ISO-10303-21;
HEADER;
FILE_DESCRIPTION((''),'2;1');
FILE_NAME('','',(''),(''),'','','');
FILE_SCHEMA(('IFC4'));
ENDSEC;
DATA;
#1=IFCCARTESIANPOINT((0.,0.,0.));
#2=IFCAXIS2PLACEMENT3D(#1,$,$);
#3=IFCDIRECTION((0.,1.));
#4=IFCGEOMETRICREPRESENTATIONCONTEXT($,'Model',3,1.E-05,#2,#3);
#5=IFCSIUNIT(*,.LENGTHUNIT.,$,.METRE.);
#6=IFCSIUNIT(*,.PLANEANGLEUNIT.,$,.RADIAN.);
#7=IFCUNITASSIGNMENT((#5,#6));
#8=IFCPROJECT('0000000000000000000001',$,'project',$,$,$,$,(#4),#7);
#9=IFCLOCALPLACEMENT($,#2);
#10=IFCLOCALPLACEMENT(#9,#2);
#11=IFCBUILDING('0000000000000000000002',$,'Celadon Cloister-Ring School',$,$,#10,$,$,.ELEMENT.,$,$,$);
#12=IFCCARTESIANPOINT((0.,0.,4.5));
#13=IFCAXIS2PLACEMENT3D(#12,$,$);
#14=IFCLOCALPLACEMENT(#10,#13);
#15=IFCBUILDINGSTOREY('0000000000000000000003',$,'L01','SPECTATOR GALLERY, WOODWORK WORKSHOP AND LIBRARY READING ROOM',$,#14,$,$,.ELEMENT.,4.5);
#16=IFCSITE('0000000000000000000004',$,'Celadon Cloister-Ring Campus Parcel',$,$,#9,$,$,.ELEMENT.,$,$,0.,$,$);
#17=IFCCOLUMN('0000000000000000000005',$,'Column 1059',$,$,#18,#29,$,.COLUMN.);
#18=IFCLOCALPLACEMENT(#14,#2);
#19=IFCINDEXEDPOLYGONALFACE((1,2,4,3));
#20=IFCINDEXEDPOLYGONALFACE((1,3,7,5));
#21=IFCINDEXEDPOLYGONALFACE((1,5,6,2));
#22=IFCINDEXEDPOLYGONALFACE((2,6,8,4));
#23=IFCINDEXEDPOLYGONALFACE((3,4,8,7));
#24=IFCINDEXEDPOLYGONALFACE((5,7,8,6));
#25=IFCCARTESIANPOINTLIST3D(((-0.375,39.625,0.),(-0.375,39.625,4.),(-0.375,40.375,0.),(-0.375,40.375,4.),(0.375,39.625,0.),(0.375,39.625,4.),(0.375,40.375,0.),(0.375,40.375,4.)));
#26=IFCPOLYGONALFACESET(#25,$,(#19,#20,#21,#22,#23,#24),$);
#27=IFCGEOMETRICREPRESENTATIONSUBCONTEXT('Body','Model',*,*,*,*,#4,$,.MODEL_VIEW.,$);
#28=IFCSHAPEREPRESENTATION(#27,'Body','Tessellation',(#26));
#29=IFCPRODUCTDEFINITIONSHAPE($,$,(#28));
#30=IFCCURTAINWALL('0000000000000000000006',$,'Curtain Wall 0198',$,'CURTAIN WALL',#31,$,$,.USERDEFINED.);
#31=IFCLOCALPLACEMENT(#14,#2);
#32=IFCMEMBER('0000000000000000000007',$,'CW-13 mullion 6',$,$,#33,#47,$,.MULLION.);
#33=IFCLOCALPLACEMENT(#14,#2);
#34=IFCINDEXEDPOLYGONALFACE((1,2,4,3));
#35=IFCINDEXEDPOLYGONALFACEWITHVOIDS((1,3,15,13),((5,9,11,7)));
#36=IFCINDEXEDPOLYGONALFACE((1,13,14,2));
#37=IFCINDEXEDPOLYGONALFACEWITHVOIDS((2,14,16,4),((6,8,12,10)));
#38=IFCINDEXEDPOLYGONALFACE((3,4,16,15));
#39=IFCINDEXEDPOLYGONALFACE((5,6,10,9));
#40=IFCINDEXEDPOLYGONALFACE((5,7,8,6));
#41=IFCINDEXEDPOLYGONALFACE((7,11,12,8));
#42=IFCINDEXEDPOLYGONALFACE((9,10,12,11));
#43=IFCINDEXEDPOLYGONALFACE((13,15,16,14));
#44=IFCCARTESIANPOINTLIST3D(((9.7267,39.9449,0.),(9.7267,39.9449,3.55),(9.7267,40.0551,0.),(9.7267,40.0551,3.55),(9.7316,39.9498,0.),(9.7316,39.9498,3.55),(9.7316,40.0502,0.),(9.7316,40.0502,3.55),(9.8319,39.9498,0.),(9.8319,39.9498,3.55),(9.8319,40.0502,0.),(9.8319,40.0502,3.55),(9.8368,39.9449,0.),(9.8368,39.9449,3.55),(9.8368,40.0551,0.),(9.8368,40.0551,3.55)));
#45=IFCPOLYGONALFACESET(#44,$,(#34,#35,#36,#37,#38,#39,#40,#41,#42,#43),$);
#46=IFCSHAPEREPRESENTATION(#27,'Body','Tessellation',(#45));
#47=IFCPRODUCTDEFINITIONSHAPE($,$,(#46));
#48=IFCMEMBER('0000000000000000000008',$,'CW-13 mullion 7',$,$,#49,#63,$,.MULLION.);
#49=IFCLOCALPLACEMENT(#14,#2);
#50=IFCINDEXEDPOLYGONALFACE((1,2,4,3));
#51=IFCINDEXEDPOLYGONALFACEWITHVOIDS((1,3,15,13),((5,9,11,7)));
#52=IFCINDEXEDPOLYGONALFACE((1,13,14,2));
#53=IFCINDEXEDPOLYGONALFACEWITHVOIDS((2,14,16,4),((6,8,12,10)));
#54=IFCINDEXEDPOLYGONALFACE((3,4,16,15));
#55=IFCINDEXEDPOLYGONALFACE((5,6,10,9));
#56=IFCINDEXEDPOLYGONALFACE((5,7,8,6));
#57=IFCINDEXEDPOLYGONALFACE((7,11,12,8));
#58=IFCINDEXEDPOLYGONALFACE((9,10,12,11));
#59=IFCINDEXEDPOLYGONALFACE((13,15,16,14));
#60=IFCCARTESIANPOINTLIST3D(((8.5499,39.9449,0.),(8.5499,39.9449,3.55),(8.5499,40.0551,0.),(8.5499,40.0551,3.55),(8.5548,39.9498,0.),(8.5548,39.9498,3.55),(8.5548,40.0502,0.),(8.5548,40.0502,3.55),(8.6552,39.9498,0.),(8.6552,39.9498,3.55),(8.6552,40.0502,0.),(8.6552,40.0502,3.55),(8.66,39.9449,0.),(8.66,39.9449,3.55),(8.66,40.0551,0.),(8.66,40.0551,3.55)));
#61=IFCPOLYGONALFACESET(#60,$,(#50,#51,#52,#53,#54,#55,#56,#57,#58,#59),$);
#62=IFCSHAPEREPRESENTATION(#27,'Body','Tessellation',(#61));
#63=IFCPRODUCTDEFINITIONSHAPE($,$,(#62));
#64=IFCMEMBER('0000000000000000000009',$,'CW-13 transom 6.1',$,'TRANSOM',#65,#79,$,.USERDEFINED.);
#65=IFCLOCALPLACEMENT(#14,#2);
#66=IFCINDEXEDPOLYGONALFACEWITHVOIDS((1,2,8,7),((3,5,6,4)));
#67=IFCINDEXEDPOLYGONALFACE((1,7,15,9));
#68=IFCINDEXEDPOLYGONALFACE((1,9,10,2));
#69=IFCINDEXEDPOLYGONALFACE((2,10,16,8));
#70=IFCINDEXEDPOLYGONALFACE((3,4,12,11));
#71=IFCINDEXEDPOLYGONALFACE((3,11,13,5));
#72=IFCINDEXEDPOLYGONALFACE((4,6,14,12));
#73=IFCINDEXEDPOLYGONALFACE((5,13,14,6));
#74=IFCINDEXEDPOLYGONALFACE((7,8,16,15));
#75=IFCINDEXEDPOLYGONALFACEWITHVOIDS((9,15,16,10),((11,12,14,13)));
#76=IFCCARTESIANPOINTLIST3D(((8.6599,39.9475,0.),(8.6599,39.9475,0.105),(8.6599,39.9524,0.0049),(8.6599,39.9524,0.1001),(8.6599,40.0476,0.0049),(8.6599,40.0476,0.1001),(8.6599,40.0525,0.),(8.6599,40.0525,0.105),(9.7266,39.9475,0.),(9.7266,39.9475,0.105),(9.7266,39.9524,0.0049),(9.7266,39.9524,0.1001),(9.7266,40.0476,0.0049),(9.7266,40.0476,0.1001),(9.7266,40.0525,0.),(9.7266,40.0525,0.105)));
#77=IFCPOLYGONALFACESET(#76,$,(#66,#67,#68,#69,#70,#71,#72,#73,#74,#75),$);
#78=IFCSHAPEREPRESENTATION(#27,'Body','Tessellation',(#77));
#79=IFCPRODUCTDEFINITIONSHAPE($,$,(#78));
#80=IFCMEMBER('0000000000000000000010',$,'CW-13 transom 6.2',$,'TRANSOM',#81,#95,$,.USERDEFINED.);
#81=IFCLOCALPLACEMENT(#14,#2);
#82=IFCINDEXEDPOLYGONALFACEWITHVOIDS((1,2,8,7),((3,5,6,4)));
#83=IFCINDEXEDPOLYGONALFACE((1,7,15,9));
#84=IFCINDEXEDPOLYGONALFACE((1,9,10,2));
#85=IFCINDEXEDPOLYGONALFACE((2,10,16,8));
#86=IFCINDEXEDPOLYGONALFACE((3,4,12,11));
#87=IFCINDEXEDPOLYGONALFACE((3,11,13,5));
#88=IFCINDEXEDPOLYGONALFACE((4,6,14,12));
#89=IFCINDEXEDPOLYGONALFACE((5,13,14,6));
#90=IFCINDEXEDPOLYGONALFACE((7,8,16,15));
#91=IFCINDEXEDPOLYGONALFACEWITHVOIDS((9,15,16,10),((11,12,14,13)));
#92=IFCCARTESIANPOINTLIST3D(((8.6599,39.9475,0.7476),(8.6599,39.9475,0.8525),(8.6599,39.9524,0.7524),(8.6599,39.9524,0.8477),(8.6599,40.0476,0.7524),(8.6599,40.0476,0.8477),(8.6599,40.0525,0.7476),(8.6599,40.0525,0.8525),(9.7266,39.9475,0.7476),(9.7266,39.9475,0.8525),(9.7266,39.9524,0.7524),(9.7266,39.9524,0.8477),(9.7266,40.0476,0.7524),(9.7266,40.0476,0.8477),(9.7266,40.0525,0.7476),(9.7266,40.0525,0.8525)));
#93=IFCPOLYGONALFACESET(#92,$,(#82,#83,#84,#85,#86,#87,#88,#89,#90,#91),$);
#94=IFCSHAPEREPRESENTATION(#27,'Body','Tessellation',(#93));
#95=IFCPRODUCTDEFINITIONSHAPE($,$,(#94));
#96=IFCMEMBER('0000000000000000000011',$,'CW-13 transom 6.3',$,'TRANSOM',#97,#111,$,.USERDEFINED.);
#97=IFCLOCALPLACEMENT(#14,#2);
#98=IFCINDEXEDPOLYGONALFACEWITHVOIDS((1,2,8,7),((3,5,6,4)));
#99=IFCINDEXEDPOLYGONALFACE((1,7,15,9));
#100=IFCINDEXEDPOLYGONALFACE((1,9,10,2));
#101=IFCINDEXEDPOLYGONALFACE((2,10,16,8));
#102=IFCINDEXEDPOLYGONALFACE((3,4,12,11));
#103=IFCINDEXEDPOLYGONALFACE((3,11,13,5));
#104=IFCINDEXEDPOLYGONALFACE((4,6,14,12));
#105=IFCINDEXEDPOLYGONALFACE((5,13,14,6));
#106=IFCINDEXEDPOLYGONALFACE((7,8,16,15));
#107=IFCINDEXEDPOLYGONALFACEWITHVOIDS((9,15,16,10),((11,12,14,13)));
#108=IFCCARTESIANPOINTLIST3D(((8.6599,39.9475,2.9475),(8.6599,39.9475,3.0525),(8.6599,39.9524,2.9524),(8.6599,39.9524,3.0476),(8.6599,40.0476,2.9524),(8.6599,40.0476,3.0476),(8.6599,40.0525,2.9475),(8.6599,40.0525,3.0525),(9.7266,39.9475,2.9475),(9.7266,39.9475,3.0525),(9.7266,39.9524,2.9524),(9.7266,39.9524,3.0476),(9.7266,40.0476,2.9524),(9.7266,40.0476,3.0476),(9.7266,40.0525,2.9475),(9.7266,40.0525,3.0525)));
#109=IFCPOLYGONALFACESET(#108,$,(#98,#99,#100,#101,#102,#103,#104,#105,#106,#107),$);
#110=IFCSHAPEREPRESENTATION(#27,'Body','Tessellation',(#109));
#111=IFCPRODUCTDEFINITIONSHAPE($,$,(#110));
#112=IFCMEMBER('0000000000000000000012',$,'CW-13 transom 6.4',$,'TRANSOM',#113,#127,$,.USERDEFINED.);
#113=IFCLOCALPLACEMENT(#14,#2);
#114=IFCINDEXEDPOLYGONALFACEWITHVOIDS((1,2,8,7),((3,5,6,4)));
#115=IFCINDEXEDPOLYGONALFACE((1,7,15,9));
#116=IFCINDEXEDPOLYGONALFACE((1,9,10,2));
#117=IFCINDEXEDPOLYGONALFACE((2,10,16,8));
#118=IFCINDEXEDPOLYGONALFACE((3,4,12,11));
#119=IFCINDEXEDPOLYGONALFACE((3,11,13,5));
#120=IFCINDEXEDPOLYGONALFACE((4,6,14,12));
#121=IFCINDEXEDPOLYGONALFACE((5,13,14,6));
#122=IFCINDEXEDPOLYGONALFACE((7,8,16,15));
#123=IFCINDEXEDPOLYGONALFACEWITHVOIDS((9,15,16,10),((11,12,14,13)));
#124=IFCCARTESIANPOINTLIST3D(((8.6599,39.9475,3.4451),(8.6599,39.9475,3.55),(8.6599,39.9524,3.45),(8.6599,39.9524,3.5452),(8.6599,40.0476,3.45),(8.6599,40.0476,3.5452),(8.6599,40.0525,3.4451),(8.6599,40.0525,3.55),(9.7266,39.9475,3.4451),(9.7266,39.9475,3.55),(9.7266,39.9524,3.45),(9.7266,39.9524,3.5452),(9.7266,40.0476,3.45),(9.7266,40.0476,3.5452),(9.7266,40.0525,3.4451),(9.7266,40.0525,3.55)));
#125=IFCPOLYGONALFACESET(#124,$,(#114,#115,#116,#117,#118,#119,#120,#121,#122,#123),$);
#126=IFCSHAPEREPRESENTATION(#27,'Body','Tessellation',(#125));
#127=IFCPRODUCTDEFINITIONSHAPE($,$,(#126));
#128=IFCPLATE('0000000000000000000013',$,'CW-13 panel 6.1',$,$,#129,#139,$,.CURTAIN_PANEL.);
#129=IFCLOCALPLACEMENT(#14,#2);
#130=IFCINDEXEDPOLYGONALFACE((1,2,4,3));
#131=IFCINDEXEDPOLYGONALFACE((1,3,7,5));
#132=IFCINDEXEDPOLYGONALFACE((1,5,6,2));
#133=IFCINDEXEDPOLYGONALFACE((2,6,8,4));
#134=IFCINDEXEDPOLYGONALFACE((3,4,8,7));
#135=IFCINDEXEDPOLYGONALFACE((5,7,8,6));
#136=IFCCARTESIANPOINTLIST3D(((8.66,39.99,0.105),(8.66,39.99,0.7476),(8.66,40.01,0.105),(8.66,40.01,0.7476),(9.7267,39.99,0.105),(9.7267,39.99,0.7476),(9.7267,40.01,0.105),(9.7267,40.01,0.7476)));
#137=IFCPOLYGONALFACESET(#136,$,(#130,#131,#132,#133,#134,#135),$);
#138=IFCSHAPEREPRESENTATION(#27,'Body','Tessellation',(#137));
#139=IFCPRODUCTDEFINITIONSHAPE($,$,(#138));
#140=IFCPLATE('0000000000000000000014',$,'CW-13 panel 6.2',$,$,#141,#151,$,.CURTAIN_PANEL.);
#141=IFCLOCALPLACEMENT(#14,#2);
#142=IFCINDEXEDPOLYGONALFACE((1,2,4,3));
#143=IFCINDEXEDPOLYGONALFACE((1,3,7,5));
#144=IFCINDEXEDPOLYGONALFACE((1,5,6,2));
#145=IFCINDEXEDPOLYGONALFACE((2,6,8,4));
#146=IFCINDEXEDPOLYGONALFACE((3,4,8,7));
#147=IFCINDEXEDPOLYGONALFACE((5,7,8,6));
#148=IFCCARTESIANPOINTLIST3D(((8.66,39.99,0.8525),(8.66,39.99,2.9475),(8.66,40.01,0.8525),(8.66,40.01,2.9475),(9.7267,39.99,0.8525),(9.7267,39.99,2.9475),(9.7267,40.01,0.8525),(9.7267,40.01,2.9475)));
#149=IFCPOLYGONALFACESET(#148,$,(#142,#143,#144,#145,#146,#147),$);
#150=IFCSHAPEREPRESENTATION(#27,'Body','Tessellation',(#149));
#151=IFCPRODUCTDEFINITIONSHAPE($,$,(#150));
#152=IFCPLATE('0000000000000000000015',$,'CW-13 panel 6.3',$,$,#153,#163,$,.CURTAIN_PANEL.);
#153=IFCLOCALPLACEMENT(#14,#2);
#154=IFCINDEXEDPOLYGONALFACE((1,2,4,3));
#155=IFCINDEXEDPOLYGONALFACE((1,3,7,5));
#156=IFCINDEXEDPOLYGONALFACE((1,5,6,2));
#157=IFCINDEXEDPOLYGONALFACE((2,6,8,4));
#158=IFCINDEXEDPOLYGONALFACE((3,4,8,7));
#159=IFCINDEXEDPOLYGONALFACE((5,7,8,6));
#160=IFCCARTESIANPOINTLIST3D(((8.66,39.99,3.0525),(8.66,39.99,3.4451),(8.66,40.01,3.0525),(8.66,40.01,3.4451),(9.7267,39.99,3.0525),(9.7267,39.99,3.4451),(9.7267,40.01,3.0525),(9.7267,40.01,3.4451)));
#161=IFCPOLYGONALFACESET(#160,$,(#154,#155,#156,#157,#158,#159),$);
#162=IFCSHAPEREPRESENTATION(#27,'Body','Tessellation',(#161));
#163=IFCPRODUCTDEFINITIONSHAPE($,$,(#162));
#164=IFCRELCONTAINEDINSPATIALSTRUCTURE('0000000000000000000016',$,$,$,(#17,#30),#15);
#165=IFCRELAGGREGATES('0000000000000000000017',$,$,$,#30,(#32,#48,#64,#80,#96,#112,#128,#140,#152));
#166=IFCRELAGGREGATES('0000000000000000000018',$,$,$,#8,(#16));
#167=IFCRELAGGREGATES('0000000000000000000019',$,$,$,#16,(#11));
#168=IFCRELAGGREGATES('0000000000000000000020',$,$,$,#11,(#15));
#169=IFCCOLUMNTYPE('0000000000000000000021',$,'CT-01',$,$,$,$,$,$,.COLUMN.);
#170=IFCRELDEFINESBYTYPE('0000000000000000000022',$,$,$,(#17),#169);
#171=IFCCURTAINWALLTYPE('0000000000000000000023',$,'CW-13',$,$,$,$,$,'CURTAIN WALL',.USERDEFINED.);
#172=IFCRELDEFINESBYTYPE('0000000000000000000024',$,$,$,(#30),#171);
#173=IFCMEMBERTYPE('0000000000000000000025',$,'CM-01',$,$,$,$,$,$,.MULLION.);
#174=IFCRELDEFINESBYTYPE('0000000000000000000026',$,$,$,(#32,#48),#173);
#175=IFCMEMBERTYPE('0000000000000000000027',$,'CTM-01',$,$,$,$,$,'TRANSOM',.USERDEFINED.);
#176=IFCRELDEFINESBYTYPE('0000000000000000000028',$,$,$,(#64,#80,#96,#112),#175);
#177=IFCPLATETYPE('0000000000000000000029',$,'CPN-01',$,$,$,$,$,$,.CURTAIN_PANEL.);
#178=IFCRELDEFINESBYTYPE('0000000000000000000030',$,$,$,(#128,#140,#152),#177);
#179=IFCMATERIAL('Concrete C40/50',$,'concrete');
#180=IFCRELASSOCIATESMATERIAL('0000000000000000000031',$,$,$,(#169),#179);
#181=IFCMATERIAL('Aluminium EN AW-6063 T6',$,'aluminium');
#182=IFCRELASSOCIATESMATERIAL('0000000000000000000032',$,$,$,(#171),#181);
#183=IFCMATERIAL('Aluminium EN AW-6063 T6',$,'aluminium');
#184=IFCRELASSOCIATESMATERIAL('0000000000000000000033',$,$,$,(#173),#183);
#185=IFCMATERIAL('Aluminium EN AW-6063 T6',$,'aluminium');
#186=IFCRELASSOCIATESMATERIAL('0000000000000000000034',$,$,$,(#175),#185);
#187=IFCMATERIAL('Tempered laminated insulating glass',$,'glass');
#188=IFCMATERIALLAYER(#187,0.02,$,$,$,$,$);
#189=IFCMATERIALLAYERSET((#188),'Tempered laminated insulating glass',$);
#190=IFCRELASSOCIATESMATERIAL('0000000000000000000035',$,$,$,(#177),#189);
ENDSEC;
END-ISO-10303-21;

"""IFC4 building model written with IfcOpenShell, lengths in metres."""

from ifc_helpers import new_model, si_unit, direction, frame, origin, origin_2d, place, context, subcontext, project, spatial, rectangle, hollow_rectangle, extrude, material, layer, layer_set, material_profile, profile_set, type_object, element, aggregate, save


model = new_model("IFC4")

# Units and contexts
model_context = context("Model", 3, precision=1e-05, world=origin(), true_north=direction((0.0, 1.0)))
body_context = subcontext(model_context, "Body", "Model", "MODEL_VIEW")
ifc_project = project(units=[si_unit("LENGTHUNIT", "METRE"), si_unit("PLANEANGLEUNIT", "RADIAN")], contexts=[model_context])

# Site, building, storey
site_placement = place(None, origin())
site = spatial("IfcSite", under=ifc_project, at=site_placement, Name="Celadon Cloister-Ring Campus Parcel", CompositionType="ELEMENT", RefElevation=0.0)
building_placement = place(site_placement, origin())
building = spatial("IfcBuilding", under=site, at=building_placement, Name="Celadon Cloister-Ring School", CompositionType="ELEMENT")
storey_placement = place(building_placement, frame((0.0, 0.0, 4.5)))
storey = spatial("IfcBuildingStorey", under=building, at=storey_placement, Name="L01", Description="SPECTATOR GALLERY, WOODWORK WORKSHOP AND LIBRARY READING ROOM", CompositionType="ELEMENT", Elevation=4.5)

# Column
ifc_material_1 = material(Name="Concrete C40/50", Category="concrete")
ifc_material_profile_1 = material_profile(ifc_material_1, rectangle(XDim=0.75, YDim=0.75, at=origin_2d()), Name="RC750X750")
ifc_profile_set_1 = profile_set([ifc_material_profile_1], Name="Concrete C40/50")
column_type = type_object("IfcColumnType", Name="CT-01", PredefinedType="COLUMN", material=ifc_profile_set_1)
column_placement = place(storey_placement, frame((0.0, 40.0, 0.0), z_axis=(0.0, 0.0, 1.0), x_axis=(1.0, 0.0, 0.0)))
element("IfcColumn", 1, at=column_placement, inside=storey, type_object=column_type, Name="Column 1059", PredefinedType="COLUMN", context=body_context, shape_type="SweptSolid", body=[
    extrude(rectangle(XDim=0.75, YDim=0.75, at=origin_2d()), origin(), (0.0, 0.0, 1.0), 4.0),
])

# Curtain wall, members, plates
ifc_material_2 = material(Name="Aluminium EN AW-6063 T6", Category="aluminium")
curtain_wall_type = type_object("IfcCurtainWallType", Name="CW-13", ElementType="CURTAIN WALL", PredefinedType="USERDEFINED", material=ifc_material_2)
curtain_wall_placement = place(storey_placement, origin())
curtain_wall = element("IfcCurtainWall", 2, at=curtain_wall_placement, inside=storey, type_object=curtain_wall_type, Name="Curtain Wall 0198", ObjectType="CURTAIN WALL", PredefinedType="USERDEFINED")
ifc_material_3 = material(Name="Aluminium EN AW-6063 T6", Category="aluminium")
ifc_material_profile_2 = material_profile(ifc_material_3, hollow_rectangle(XDim=0.1101, YDim=0.1101, WallThickness=0.0049, at=origin_2d()), Name="RHS110X110X5")
ifc_profile_set_2 = profile_set([ifc_material_profile_2], Name="Aluminium EN AW-6063 T6")
member_type_1 = type_object("IfcMemberType", Name="CM-01", PredefinedType="MULLION", material=ifc_profile_set_2)
member_1_placement = place(storey_placement, frame((9.7817, 40.0, 0.0), z_axis=(0.0, 0.0, 1.0), x_axis=(0.0, -1.0, 0.0)))
member_1 = element("IfcMember", 3, at=member_1_placement, type_object=member_type_1, Name="CW-13 mullion 6", PredefinedType="MULLION", context=body_context, shape_type="SweptSolid", body=[
    extrude(hollow_rectangle(XDim=0.1101, YDim=0.1101, WallThickness=0.0049, at=origin_2d()), origin(), (0.0, 0.0, 1.0), 3.55),
])
member_2_placement = place(storey_placement, frame((8.605, 40.0, 0.0), z_axis=(0.0, 0.0, 1.0), x_axis=(0.0, -1.0, 0.0)))
member_2 = element("IfcMember", 4, at=member_2_placement, type_object=member_type_1, Name="CW-13 mullion 7", PredefinedType="MULLION", context=body_context, shape_type="SweptSolid", body=[
    extrude(hollow_rectangle(XDim=0.1101, YDim=0.1101, WallThickness=0.0049, at=origin_2d()), origin(), (0.0, 0.0, 1.0), 3.55),
])
ifc_material_4 = material(Name="Aluminium EN AW-6063 T6", Category="aluminium")
ifc_material_profile_3 = material_profile(ifc_material_4, hollow_rectangle(XDim=0.105, YDim=0.105, WallThickness=0.0049, at=origin_2d()), Name="RHS105X105X5")
ifc_profile_set_3 = profile_set([ifc_material_profile_3], Name="Aluminium EN AW-6063 T6")
member_type_2 = type_object("IfcMemberType", Name="CTM-01", ElementType="TRANSOM", PredefinedType="USERDEFINED", material=ifc_profile_set_3)
member_3_placement = place(storey_placement, frame((9.7266, 40.0, 0.0525), z_axis=(-1.0, 0.0, 0.0), x_axis=(0.0, -1.0, 0.0)))
member_3 = element("IfcMember", 5, at=member_3_placement, type_object=member_type_2, Name="CW-13 transom 6.1", ObjectType="TRANSOM", PredefinedType="USERDEFINED", context=body_context, shape_type="SweptSolid", body=[
    extrude(hollow_rectangle(XDim=0.105, YDim=0.105, WallThickness=0.0049, at=origin_2d()), origin(), (0.0, 0.0, 1.0), 1.0667),
])
member_4_placement = place(storey_placement, frame((9.7266, 40.0, 0.8), z_axis=(-1.0, 0.0, 0.0), x_axis=(0.0, -1.0, 0.0)))
member_4 = element("IfcMember", 6, at=member_4_placement, type_object=member_type_2, Name="CW-13 transom 6.2", ObjectType="TRANSOM", PredefinedType="USERDEFINED", context=body_context, shape_type="SweptSolid", body=[
    extrude(hollow_rectangle(XDim=0.105, YDim=0.105, WallThickness=0.0049, at=origin_2d()), origin(), (0.0, 0.0, 1.0), 1.0667),
])
member_5_placement = place(storey_placement, frame((9.7266, 40.0, 3.0), z_axis=(-1.0, 0.0, 0.0), x_axis=(0.0, -1.0, 0.0)))
member_5 = element("IfcMember", 7, at=member_5_placement, type_object=member_type_2, Name="CW-13 transom 6.3", ObjectType="TRANSOM", PredefinedType="USERDEFINED", context=body_context, shape_type="SweptSolid", body=[
    extrude(hollow_rectangle(XDim=0.105, YDim=0.105, WallThickness=0.0049, at=origin_2d()), origin(), (0.0, 0.0, 1.0), 1.0667),
])
member_6_placement = place(storey_placement, frame((9.7266, 40.0, 3.4976), z_axis=(-1.0, 0.0, 0.0), x_axis=(0.0, -1.0, 0.0)))
member_6 = element("IfcMember", 8, at=member_6_placement, type_object=member_type_2, Name="CW-13 transom 6.4", ObjectType="TRANSOM", PredefinedType="USERDEFINED", context=body_context, shape_type="SweptSolid", body=[
    extrude(hollow_rectangle(XDim=0.105, YDim=0.105, WallThickness=0.0049, at=origin_2d()), origin(), (0.0, 0.0, 1.0), 1.0667),
])
ifc_material_5 = material(Name="Tempered laminated insulating glass", Category="glass")
ifc_layer_1 = layer(ifc_material_5, 0.02)
ifc_layer_set_1 = layer_set([ifc_layer_1], Name="Tempered laminated insulating glass")
plate_type = type_object("IfcPlateType", Name="CPN-01", PredefinedType="CURTAIN_PANEL", material=ifc_layer_set_1)
plate_1_placement = place(storey_placement, frame((9.1934, 40.0, 0.105), z_axis=(0.0, 0.0, 1.0), x_axis=(-1.0, 0.0, 0.0)))
plate_1 = element("IfcPlate", 9, at=plate_1_placement, type_object=plate_type, Name="CW-13 panel 6.1", PredefinedType="CURTAIN_PANEL", context=body_context, shape_type="SweptSolid", body=[
    extrude(rectangle(XDim=1.0667, YDim=0.02, at=origin_2d()), origin(), (0.0, 0.0, 1.0), 0.6426),
])
plate_2_placement = place(storey_placement, frame((9.1934, 40.0, 0.8525), z_axis=(0.0, 0.0, 1.0), x_axis=(-1.0, 0.0, 0.0)))
plate_2 = element("IfcPlate", 10, at=plate_2_placement, type_object=plate_type, Name="CW-13 panel 6.2", PredefinedType="CURTAIN_PANEL", context=body_context, shape_type="SweptSolid", body=[
    extrude(rectangle(XDim=1.0667, YDim=0.02, at=origin_2d()), origin(), (0.0, 0.0, 1.0), 2.095),
])
plate_3_placement = place(storey_placement, frame((9.1934, 40.0, 3.0525), z_axis=(0.0, 0.0, 1.0), x_axis=(-1.0, 0.0, 0.0)))
plate_3 = element("IfcPlate", 11, at=plate_3_placement, type_object=plate_type, Name="CW-13 panel 6.3", PredefinedType="CURTAIN_PANEL", context=body_context, shape_type="SweptSolid", body=[
    extrude(rectangle(XDim=1.0667, YDim=0.02, at=origin_2d()), origin(), (0.0, 0.0, 1.0), 0.3926),
])
aggregate(curtain_wall, [member_1, member_2, member_3, member_4, member_5, member_6, plate_1, plate_2, plate_3])

save(model, "model.ifc")
